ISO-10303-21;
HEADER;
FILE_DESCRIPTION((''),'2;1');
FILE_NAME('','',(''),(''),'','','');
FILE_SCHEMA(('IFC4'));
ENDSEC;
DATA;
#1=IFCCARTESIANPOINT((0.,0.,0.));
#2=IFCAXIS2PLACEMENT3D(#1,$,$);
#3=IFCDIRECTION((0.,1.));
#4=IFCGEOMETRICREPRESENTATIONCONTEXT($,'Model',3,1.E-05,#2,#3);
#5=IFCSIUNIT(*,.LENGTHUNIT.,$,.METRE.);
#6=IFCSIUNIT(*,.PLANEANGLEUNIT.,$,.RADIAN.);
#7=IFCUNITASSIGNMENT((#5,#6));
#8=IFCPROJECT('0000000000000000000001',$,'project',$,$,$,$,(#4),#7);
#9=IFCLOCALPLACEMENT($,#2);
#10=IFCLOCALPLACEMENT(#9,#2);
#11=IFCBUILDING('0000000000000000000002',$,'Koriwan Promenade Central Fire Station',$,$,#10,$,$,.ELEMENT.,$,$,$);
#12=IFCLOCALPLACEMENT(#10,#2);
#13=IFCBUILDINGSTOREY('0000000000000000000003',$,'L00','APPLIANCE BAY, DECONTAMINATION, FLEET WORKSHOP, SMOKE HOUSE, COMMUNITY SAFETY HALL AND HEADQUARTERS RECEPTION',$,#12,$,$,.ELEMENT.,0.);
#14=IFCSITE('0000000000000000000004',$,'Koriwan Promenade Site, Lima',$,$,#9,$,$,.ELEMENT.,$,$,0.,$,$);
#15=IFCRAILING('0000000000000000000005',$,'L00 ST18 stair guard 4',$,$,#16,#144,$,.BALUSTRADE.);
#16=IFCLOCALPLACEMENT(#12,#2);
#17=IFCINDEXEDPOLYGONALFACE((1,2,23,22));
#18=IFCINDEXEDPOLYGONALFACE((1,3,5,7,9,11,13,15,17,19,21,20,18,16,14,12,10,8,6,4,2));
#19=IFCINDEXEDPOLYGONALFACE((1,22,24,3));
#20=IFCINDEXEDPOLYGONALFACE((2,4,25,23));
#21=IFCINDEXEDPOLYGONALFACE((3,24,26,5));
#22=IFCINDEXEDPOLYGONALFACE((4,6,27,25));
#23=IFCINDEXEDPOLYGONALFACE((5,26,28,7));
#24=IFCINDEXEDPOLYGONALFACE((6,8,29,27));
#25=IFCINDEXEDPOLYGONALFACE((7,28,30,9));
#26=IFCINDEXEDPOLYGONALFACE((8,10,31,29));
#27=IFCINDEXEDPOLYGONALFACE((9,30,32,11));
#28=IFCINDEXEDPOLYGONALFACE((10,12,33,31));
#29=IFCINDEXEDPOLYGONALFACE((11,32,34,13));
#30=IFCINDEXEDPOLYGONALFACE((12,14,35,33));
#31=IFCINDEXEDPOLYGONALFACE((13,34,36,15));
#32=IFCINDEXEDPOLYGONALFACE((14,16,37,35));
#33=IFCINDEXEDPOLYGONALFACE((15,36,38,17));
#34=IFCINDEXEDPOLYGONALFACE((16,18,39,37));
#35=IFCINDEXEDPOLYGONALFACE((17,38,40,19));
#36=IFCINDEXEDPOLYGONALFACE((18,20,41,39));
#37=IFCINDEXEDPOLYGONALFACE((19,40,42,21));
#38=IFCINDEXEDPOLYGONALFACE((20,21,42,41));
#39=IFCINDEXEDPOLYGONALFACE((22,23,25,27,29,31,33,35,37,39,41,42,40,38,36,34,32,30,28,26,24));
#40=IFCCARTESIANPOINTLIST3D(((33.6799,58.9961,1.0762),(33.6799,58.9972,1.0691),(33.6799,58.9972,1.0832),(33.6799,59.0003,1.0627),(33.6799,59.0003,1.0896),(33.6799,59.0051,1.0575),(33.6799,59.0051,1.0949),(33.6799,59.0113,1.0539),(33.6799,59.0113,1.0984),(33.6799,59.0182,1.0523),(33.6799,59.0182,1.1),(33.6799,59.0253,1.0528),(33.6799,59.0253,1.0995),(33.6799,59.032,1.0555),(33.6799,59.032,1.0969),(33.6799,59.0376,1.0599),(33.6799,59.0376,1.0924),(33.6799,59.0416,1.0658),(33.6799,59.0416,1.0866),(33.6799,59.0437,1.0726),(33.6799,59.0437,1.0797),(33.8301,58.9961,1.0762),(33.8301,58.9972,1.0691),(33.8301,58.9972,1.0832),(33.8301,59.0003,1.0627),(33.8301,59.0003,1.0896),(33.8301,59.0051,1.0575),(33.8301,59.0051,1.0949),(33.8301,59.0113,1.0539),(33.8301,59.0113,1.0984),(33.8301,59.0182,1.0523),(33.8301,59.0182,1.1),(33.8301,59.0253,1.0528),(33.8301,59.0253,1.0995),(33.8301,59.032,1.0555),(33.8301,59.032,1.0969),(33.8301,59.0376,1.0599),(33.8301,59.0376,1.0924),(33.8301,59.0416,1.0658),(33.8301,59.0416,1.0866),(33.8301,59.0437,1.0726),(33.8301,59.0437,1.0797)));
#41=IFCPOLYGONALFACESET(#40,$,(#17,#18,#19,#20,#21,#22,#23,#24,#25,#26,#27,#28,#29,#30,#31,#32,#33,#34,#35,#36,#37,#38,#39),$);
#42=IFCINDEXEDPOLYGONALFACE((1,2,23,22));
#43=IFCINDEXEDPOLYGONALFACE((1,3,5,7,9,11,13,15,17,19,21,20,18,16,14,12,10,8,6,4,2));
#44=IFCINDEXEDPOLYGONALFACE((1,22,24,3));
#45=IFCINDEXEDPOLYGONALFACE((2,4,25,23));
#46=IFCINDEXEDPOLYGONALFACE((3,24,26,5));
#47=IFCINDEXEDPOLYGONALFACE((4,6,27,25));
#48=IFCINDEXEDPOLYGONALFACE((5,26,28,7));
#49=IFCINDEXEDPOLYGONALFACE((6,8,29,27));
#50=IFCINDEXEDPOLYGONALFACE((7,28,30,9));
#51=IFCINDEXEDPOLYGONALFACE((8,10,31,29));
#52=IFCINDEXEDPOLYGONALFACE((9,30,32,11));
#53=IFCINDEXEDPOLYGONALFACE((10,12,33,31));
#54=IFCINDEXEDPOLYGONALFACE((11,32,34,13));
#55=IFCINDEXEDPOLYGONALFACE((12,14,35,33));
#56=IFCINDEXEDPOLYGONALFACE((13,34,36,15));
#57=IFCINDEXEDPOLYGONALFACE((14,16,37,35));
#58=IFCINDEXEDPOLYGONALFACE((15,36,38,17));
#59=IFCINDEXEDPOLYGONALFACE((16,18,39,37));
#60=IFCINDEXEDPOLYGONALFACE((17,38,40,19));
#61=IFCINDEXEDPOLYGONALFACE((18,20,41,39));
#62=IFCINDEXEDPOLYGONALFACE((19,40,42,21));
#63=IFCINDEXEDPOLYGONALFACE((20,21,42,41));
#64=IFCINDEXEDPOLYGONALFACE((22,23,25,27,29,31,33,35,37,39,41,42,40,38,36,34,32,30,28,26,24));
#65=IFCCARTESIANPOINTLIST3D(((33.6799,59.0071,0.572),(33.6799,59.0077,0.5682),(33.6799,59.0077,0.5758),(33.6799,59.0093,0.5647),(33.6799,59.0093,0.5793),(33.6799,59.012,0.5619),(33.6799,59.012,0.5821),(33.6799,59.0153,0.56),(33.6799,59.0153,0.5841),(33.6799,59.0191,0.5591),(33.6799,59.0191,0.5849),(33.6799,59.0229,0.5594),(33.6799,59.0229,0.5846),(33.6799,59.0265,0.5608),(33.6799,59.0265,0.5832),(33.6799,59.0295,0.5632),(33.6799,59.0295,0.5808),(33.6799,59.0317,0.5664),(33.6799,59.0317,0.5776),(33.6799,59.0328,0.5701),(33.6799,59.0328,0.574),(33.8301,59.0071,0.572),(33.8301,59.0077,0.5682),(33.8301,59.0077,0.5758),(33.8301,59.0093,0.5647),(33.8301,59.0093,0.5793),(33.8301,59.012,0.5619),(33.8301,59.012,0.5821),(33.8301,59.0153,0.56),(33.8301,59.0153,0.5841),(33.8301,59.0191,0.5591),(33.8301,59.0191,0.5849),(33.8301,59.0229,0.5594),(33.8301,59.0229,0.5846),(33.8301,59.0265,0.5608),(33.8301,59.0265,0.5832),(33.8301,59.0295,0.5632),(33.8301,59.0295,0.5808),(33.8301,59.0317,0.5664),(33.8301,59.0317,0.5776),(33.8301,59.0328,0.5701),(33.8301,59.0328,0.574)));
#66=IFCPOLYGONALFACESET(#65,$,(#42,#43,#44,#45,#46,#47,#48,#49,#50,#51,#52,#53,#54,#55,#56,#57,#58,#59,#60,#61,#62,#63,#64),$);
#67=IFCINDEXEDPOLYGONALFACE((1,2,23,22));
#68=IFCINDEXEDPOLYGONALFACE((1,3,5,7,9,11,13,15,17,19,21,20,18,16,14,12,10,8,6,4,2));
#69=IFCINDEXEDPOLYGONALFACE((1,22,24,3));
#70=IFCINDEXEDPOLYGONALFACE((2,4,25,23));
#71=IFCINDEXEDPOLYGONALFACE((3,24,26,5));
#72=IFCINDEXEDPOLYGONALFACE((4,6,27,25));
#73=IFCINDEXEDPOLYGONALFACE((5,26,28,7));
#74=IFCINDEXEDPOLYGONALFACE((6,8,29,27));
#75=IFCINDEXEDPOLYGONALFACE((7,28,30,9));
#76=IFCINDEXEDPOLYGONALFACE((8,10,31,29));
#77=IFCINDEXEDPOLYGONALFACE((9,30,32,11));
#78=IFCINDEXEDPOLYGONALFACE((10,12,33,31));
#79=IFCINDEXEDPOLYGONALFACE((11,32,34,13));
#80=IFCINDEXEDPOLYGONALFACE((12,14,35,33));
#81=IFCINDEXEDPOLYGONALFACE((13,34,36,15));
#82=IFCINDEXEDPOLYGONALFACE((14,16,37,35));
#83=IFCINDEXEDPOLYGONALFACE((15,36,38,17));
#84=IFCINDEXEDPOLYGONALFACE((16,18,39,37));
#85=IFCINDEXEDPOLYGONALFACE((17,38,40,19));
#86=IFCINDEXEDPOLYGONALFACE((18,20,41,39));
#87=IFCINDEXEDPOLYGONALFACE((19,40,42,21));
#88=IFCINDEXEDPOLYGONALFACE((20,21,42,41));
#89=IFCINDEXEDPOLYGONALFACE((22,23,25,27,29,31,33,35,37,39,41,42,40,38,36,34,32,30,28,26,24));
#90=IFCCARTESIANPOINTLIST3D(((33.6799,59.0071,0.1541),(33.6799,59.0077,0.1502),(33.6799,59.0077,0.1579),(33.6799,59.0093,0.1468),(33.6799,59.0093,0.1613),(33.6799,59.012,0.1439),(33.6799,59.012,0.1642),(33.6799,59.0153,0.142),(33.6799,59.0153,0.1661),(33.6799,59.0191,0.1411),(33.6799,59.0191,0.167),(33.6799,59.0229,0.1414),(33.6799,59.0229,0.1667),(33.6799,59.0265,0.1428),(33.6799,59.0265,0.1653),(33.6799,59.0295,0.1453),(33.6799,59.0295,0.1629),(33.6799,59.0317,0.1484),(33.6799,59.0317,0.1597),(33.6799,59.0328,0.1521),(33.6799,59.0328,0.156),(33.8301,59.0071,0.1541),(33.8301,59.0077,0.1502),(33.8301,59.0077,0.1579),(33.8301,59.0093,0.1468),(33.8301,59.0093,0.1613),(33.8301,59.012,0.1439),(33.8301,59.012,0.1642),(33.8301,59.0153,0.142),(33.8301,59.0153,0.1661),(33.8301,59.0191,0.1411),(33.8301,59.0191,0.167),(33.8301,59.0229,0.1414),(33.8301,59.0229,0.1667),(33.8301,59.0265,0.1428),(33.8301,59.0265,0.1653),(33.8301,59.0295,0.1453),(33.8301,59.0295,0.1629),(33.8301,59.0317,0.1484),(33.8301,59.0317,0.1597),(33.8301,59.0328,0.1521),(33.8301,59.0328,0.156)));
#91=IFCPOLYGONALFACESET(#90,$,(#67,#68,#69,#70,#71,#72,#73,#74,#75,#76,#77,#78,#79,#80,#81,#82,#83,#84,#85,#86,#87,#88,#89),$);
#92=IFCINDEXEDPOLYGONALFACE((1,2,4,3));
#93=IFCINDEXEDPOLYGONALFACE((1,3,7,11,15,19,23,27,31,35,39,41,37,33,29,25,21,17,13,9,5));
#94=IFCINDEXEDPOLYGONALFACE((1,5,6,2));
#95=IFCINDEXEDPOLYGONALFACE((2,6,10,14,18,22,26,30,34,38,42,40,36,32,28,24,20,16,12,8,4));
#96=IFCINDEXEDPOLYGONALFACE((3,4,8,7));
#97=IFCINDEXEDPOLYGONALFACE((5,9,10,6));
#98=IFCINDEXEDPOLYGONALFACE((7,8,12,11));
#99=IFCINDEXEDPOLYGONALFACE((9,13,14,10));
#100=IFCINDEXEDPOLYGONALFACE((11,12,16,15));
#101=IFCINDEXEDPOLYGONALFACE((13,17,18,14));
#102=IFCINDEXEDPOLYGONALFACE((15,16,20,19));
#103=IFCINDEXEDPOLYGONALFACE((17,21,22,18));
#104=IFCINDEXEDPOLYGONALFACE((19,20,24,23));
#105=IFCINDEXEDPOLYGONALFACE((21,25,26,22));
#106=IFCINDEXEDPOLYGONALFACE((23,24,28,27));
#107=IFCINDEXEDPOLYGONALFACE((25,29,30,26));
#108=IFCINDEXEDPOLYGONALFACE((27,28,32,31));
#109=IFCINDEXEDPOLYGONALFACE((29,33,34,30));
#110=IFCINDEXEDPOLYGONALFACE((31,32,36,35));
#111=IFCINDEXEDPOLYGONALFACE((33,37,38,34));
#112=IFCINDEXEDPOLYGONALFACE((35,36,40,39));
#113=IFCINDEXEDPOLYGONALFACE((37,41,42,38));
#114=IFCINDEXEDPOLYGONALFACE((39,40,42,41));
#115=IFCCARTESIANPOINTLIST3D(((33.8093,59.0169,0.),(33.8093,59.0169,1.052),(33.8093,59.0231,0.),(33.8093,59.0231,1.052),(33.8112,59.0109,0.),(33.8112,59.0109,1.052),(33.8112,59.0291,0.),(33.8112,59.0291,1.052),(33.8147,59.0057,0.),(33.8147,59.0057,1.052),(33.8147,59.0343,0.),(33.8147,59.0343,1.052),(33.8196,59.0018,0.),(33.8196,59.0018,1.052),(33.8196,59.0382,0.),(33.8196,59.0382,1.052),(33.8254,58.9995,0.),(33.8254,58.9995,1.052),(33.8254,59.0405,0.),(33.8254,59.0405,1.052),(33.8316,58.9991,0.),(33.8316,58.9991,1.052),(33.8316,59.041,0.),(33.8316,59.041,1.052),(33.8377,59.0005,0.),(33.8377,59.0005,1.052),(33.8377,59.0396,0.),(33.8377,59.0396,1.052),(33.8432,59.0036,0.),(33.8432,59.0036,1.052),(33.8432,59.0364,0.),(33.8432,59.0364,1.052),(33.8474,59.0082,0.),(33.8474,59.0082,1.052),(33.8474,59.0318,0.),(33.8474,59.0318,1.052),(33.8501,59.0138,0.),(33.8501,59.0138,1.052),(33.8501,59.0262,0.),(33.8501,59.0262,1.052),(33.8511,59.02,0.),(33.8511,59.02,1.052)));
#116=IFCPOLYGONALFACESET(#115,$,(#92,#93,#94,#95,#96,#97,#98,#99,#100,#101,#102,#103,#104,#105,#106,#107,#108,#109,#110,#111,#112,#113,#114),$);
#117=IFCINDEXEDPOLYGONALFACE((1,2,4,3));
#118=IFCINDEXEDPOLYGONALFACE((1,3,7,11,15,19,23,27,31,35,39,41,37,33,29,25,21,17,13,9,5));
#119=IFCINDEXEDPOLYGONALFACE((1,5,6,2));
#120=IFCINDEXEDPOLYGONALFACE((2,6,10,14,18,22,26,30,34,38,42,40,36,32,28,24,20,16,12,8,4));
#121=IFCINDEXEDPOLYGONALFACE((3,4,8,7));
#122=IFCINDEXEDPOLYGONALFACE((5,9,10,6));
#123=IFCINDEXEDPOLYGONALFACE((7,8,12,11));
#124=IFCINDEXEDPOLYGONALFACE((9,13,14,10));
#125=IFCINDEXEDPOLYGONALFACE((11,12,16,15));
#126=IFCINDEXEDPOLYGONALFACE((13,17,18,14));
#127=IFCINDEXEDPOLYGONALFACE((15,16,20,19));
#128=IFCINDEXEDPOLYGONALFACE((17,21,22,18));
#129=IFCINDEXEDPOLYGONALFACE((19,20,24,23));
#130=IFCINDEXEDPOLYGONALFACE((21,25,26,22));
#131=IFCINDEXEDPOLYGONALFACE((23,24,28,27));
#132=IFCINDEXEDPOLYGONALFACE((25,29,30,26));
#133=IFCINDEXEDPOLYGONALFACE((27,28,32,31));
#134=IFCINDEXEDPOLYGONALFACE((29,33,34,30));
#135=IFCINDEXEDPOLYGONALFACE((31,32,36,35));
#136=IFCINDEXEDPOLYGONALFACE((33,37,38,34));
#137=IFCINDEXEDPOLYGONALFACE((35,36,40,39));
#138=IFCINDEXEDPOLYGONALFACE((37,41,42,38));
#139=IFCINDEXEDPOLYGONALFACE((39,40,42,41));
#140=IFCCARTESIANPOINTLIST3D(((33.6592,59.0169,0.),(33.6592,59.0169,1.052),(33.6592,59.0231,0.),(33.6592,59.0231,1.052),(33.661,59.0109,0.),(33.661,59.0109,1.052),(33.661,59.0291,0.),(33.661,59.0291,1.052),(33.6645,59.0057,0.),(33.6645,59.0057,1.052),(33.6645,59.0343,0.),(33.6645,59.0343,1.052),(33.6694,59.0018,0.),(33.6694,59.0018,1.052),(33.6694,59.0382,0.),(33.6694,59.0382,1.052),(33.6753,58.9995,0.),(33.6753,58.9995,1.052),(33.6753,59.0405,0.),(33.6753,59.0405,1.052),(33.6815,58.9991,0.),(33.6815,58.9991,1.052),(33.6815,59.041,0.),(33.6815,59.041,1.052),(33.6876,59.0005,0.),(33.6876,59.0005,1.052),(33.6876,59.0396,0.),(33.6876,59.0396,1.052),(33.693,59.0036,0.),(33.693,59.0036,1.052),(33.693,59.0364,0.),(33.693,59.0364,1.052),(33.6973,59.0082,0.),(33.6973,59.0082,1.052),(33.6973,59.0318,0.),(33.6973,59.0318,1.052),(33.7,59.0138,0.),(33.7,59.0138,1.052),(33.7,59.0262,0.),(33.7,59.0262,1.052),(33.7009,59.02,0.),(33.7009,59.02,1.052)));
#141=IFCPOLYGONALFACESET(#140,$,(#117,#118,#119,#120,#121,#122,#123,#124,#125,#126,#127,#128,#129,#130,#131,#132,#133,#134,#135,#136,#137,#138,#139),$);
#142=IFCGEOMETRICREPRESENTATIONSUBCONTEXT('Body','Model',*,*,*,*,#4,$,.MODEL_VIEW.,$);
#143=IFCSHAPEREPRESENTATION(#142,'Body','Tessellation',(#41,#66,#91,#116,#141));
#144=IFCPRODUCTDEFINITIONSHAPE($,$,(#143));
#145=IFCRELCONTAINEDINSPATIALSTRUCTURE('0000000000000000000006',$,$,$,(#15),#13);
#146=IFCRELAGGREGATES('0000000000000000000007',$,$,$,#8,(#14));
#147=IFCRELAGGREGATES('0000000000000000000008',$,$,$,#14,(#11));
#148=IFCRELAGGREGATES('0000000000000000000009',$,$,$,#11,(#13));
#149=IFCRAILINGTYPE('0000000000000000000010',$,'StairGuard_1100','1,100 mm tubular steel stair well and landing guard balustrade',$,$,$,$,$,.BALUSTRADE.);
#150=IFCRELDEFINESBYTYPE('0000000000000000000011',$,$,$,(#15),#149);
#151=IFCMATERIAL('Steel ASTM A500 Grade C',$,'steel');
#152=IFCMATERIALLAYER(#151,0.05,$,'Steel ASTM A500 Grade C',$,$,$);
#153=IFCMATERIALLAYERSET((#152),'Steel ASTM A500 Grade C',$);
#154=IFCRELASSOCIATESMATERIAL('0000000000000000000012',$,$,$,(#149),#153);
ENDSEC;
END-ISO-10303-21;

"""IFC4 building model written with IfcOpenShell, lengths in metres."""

from ifc_helpers import new_model, si_unit, direction, frame, origin, origin_2d, place, context, subcontext, project, spatial, circle, extrude, material, layer, layer_set, type_object, element, save


model = new_model("IFC4")

# Units and contexts
model_context = context("Model", 3, precision=1e-05, world=origin(), true_north=direction((0.0, 1.0)))
body_context = subcontext(model_context, "Body", "Model", "MODEL_VIEW")
ifc_project = project(units=[si_unit("LENGTHUNIT", "METRE"), si_unit("PLANEANGLEUNIT", "RADIAN")], contexts=[model_context])

# Site, building, storey
site_placement = place(None, origin())
site = spatial("IfcSite", under=ifc_project, at=site_placement, Name="Koriwan Promenade Site, Lima", CompositionType="ELEMENT", RefElevation=0.0)
building_placement = place(site_placement, origin())
building = spatial("IfcBuilding", under=site, at=building_placement, Name="Koriwan Promenade Central Fire Station", CompositionType="ELEMENT")
storey_placement = place(building_placement, origin())
storey = spatial("IfcBuildingStorey", under=building, at=storey_placement, Name="L00", Description="APPLIANCE BAY, DECONTAMINATION, FLEET WORKSHOP, SMOKE HOUSE, COMMUNITY SAFETY HALL AND HEADQUARTERS RECEPTION", CompositionType="ELEMENT", Elevation=0.0)

# Railing
ifc_material_1 = material(Name="Steel ASTM A500 Grade C", Category="steel")
ifc_layer_1 = layer(ifc_material_1, 0.05, Name="Steel ASTM A500 Grade C")
ifc_layer_set_1 = layer_set([ifc_layer_1], Name="Steel ASTM A500 Grade C")
railing_type_1 = type_object("IfcRailingType", Name="StairGuard_1100", Description="1,100 mm tubular steel stair well and landing guard balustrade", PredefinedType="BALUSTRADE", material=ifc_layer_set_1)
railing_1_placement = place(storey_placement, frame((33.8301, 59.02, 0.0)))
element("IfcRailing", 1, at=railing_1_placement, inside=storey, type_object=railing_type_1, Name="L00 ST18 stair guard 4", PredefinedType="BALUSTRADE", context=body_context, shape_type="SweptSolid", body=[
    extrude(circle(Radius=0.0239, at=origin_2d()), frame((0.0, 0.0, 1.0762), z_axis=(-1.0, 0.0, 0.0), x_axis=(0.0, -1.0, 0.0)), (0.0, 0.0, 1.0), 0.1501),
    extrude(circle(Radius=0.0129, at=origin_2d()), frame((0.0, 0.0, 0.572), z_axis=(-1.0, 0.0, 0.0), x_axis=(0.0, -1.0, 0.0)), (0.0, 0.0, 1.0), 0.1501),
    extrude(circle(Radius=0.0129, at=origin_2d()), frame((0.0, 0.0, 0.1541), z_axis=(-1.0, 0.0, 0.0), x_axis=(0.0, -1.0, 0.0)), (0.0, 0.0, 1.0), 0.1501),
    extrude(circle(Radius=0.021, at=origin_2d()), origin(), (0.0, 0.0, 1.0), 1.052),
    extrude(circle(Radius=0.021, at=origin_2d()), frame((-0.1501, 0.0, 0.0)), (0.0, 0.0, 1.0), 1.052),
])

save(model, "model.ifc")
